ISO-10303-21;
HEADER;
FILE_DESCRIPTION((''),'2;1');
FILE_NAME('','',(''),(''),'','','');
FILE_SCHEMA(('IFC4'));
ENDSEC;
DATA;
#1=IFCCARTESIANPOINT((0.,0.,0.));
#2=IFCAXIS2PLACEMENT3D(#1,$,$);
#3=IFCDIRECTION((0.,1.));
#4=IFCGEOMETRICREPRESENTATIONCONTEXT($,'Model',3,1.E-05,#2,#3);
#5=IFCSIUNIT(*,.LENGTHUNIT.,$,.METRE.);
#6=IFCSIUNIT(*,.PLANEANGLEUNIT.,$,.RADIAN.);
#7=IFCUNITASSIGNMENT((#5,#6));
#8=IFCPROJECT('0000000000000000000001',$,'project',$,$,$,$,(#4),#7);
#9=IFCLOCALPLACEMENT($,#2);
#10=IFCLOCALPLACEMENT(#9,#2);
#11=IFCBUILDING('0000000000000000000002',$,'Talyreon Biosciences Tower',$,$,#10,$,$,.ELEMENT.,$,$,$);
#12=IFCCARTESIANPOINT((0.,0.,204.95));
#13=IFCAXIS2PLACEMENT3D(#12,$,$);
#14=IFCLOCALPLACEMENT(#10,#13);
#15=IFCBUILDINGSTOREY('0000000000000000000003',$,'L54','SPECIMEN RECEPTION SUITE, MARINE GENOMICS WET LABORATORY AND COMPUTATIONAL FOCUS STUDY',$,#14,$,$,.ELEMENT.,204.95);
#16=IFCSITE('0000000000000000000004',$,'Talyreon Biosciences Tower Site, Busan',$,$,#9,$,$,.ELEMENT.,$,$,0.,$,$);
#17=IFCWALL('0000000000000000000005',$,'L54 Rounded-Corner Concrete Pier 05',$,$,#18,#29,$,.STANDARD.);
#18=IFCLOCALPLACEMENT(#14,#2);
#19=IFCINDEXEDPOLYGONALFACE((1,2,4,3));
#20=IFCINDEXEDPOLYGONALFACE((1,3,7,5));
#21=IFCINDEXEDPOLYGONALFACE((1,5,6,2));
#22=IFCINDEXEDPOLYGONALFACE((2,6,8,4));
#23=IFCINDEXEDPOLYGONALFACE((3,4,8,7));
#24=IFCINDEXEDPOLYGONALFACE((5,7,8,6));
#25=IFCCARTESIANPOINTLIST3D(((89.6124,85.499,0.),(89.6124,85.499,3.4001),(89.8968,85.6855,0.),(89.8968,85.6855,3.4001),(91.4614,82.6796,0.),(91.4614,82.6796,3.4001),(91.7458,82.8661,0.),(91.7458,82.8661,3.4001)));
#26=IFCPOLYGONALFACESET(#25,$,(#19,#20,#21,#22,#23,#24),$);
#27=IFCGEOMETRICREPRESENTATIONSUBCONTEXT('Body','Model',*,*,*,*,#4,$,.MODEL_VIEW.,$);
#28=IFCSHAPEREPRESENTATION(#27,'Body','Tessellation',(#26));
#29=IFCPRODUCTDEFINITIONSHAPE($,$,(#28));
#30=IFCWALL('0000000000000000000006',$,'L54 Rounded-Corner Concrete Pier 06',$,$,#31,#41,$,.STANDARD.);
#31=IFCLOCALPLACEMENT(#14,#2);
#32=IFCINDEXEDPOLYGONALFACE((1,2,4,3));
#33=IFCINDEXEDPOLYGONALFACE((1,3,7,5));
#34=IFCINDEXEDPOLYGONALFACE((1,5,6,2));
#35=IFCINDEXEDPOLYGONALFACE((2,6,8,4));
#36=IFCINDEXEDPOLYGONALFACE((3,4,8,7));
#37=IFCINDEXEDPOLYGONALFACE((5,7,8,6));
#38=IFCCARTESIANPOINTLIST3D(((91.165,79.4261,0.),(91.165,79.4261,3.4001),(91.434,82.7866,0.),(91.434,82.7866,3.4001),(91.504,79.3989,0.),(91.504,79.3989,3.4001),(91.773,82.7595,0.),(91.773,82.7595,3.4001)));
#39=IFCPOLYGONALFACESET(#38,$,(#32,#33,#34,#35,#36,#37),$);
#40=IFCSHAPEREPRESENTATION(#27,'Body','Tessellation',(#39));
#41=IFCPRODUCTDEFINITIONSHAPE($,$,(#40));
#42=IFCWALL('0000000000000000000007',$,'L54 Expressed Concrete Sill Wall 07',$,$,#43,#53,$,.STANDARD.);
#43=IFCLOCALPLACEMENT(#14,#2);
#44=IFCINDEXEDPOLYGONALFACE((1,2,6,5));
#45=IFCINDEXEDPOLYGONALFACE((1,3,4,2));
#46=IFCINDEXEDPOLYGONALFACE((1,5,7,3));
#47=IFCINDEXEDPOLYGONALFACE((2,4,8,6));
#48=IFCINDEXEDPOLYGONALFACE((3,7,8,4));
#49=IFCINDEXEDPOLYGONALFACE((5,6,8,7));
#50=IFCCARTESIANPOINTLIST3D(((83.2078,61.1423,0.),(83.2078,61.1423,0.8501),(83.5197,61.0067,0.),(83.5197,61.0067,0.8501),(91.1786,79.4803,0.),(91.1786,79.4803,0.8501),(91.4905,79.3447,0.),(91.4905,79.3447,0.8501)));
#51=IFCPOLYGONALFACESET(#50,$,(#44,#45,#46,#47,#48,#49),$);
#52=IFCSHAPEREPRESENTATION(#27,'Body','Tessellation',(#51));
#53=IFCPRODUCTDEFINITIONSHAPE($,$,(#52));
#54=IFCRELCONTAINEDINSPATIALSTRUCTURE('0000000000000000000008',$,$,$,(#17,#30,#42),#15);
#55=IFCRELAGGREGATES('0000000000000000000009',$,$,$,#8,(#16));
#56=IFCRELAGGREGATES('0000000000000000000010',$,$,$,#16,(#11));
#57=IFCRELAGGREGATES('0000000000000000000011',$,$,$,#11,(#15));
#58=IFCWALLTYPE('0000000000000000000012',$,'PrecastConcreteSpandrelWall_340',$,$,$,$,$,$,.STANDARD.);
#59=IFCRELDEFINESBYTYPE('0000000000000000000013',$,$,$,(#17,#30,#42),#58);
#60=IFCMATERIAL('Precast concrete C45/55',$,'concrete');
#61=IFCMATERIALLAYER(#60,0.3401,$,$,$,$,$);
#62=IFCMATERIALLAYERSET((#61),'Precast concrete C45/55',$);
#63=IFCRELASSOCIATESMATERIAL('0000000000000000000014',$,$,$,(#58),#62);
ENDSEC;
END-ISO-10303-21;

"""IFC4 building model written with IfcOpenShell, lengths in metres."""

from ifc_helpers import new_model, si_unit, direction, frame, frame_2d, origin, place, context, subcontext, project, spatial, rectangle, extrude, material, layer, layer_set, type_object, element, save


model = new_model("IFC4")

# Units and contexts
model_context = context("Model", 3, precision=1e-05, world=origin(), true_north=direction((0.0, 1.0)))
body_context = subcontext(model_context, "Body", "Model", "MODEL_VIEW")
ifc_project = project(units=[si_unit("LENGTHUNIT", "METRE"), si_unit("PLANEANGLEUNIT", "RADIAN")], contexts=[model_context])

# Site, building, storey
site_placement = place(None, origin())
site = spatial("IfcSite", under=ifc_project, at=site_placement, Name="Talyreon Biosciences Tower Site, Busan", CompositionType="ELEMENT", RefElevation=0.0)
building_placement = place(site_placement, origin())
building = spatial("IfcBuilding", under=site, at=building_placement, Name="Talyreon Biosciences Tower", CompositionType="ELEMENT")
storey_placement = place(building_placement, frame((0.0, 0.0, 204.95)))
storey = spatial("IfcBuildingStorey", under=building, at=storey_placement, Name="L54", Description="SPECIMEN RECEPTION SUITE, MARINE GENOMICS WET LABORATORY AND COMPUTATIONAL FOCUS STUDY", CompositionType="ELEMENT", Elevation=204.95)

# Shared definitions
ifc_material_1 = material(Name="Precast concrete C45/55", Category="concrete")

# Walls
ifc_layer_1 = layer(ifc_material_1, 0.3401)
ifc_layer_set_1 = layer_set([ifc_layer_1], Name="Precast concrete C45/55")
wall_type_1 = type_object("IfcWallType", Name="PrecastConcreteSpandrelWall_340", PredefinedType="STANDARD", material=ifc_layer_set_1)
wall_1_placement = place(storey_placement, frame((89.7546, 85.5923, 0.0), z_axis=(0.0, 0.0, 1.0), x_axis=(0.548384, -0.836226, 0.0)))
element("IfcWall", 1, at=wall_1_placement, inside=storey, type_object=wall_type_1, Name="L54 Rounded-Corner Concrete Pier 05", PredefinedType="STANDARD", context=body_context, shape_type="SweptSolid", body=[
    extrude(rectangle(XDim=3.3716, YDim=0.3401, at=frame_2d((1.6858, 0.0))), origin(), (0.0, 0.0, 1.0), 3.4001),
])
wall_2_placement = place(storey_placement, frame((91.6035, 82.7729, 0.0), z_axis=(0.0, 0.0, 1.0), x_axis=(-0.079803, -0.996811, 0.0)))
element("IfcWall", 2, at=wall_2_placement, inside=storey, type_object=wall_type_1, Name="L54 Rounded-Corner Concrete Pier 06", PredefinedType="STANDARD", context=body_context, shape_type="SweptSolid", body=[
    extrude(rectangle(XDim=3.3713, YDim=0.3401, at=frame_2d((1.6855, 0.0))), origin(), (0.0, 0.0, 1.0), 3.4001),
])
wall_3_placement = place(storey_placement, frame((91.3345, 79.4124, 0.0), z_axis=(0.0, 0.0, 1.0), x_axis=(-0.39863, -0.917112, 0.0)))
element("IfcWall", 3, at=wall_3_placement, inside=storey, type_object=wall_type_1, Name="L54 Expressed Concrete Sill Wall 07", PredefinedType="STANDARD", context=body_context, shape_type="SweptSolid", body=[
    extrude(rectangle(XDim=19.9954, YDim=0.3401, at=frame_2d((9.9976, 0.0))), origin(), (0.0, 0.0, 1.0), 0.8501),
])

save(model, "model.ifc")
